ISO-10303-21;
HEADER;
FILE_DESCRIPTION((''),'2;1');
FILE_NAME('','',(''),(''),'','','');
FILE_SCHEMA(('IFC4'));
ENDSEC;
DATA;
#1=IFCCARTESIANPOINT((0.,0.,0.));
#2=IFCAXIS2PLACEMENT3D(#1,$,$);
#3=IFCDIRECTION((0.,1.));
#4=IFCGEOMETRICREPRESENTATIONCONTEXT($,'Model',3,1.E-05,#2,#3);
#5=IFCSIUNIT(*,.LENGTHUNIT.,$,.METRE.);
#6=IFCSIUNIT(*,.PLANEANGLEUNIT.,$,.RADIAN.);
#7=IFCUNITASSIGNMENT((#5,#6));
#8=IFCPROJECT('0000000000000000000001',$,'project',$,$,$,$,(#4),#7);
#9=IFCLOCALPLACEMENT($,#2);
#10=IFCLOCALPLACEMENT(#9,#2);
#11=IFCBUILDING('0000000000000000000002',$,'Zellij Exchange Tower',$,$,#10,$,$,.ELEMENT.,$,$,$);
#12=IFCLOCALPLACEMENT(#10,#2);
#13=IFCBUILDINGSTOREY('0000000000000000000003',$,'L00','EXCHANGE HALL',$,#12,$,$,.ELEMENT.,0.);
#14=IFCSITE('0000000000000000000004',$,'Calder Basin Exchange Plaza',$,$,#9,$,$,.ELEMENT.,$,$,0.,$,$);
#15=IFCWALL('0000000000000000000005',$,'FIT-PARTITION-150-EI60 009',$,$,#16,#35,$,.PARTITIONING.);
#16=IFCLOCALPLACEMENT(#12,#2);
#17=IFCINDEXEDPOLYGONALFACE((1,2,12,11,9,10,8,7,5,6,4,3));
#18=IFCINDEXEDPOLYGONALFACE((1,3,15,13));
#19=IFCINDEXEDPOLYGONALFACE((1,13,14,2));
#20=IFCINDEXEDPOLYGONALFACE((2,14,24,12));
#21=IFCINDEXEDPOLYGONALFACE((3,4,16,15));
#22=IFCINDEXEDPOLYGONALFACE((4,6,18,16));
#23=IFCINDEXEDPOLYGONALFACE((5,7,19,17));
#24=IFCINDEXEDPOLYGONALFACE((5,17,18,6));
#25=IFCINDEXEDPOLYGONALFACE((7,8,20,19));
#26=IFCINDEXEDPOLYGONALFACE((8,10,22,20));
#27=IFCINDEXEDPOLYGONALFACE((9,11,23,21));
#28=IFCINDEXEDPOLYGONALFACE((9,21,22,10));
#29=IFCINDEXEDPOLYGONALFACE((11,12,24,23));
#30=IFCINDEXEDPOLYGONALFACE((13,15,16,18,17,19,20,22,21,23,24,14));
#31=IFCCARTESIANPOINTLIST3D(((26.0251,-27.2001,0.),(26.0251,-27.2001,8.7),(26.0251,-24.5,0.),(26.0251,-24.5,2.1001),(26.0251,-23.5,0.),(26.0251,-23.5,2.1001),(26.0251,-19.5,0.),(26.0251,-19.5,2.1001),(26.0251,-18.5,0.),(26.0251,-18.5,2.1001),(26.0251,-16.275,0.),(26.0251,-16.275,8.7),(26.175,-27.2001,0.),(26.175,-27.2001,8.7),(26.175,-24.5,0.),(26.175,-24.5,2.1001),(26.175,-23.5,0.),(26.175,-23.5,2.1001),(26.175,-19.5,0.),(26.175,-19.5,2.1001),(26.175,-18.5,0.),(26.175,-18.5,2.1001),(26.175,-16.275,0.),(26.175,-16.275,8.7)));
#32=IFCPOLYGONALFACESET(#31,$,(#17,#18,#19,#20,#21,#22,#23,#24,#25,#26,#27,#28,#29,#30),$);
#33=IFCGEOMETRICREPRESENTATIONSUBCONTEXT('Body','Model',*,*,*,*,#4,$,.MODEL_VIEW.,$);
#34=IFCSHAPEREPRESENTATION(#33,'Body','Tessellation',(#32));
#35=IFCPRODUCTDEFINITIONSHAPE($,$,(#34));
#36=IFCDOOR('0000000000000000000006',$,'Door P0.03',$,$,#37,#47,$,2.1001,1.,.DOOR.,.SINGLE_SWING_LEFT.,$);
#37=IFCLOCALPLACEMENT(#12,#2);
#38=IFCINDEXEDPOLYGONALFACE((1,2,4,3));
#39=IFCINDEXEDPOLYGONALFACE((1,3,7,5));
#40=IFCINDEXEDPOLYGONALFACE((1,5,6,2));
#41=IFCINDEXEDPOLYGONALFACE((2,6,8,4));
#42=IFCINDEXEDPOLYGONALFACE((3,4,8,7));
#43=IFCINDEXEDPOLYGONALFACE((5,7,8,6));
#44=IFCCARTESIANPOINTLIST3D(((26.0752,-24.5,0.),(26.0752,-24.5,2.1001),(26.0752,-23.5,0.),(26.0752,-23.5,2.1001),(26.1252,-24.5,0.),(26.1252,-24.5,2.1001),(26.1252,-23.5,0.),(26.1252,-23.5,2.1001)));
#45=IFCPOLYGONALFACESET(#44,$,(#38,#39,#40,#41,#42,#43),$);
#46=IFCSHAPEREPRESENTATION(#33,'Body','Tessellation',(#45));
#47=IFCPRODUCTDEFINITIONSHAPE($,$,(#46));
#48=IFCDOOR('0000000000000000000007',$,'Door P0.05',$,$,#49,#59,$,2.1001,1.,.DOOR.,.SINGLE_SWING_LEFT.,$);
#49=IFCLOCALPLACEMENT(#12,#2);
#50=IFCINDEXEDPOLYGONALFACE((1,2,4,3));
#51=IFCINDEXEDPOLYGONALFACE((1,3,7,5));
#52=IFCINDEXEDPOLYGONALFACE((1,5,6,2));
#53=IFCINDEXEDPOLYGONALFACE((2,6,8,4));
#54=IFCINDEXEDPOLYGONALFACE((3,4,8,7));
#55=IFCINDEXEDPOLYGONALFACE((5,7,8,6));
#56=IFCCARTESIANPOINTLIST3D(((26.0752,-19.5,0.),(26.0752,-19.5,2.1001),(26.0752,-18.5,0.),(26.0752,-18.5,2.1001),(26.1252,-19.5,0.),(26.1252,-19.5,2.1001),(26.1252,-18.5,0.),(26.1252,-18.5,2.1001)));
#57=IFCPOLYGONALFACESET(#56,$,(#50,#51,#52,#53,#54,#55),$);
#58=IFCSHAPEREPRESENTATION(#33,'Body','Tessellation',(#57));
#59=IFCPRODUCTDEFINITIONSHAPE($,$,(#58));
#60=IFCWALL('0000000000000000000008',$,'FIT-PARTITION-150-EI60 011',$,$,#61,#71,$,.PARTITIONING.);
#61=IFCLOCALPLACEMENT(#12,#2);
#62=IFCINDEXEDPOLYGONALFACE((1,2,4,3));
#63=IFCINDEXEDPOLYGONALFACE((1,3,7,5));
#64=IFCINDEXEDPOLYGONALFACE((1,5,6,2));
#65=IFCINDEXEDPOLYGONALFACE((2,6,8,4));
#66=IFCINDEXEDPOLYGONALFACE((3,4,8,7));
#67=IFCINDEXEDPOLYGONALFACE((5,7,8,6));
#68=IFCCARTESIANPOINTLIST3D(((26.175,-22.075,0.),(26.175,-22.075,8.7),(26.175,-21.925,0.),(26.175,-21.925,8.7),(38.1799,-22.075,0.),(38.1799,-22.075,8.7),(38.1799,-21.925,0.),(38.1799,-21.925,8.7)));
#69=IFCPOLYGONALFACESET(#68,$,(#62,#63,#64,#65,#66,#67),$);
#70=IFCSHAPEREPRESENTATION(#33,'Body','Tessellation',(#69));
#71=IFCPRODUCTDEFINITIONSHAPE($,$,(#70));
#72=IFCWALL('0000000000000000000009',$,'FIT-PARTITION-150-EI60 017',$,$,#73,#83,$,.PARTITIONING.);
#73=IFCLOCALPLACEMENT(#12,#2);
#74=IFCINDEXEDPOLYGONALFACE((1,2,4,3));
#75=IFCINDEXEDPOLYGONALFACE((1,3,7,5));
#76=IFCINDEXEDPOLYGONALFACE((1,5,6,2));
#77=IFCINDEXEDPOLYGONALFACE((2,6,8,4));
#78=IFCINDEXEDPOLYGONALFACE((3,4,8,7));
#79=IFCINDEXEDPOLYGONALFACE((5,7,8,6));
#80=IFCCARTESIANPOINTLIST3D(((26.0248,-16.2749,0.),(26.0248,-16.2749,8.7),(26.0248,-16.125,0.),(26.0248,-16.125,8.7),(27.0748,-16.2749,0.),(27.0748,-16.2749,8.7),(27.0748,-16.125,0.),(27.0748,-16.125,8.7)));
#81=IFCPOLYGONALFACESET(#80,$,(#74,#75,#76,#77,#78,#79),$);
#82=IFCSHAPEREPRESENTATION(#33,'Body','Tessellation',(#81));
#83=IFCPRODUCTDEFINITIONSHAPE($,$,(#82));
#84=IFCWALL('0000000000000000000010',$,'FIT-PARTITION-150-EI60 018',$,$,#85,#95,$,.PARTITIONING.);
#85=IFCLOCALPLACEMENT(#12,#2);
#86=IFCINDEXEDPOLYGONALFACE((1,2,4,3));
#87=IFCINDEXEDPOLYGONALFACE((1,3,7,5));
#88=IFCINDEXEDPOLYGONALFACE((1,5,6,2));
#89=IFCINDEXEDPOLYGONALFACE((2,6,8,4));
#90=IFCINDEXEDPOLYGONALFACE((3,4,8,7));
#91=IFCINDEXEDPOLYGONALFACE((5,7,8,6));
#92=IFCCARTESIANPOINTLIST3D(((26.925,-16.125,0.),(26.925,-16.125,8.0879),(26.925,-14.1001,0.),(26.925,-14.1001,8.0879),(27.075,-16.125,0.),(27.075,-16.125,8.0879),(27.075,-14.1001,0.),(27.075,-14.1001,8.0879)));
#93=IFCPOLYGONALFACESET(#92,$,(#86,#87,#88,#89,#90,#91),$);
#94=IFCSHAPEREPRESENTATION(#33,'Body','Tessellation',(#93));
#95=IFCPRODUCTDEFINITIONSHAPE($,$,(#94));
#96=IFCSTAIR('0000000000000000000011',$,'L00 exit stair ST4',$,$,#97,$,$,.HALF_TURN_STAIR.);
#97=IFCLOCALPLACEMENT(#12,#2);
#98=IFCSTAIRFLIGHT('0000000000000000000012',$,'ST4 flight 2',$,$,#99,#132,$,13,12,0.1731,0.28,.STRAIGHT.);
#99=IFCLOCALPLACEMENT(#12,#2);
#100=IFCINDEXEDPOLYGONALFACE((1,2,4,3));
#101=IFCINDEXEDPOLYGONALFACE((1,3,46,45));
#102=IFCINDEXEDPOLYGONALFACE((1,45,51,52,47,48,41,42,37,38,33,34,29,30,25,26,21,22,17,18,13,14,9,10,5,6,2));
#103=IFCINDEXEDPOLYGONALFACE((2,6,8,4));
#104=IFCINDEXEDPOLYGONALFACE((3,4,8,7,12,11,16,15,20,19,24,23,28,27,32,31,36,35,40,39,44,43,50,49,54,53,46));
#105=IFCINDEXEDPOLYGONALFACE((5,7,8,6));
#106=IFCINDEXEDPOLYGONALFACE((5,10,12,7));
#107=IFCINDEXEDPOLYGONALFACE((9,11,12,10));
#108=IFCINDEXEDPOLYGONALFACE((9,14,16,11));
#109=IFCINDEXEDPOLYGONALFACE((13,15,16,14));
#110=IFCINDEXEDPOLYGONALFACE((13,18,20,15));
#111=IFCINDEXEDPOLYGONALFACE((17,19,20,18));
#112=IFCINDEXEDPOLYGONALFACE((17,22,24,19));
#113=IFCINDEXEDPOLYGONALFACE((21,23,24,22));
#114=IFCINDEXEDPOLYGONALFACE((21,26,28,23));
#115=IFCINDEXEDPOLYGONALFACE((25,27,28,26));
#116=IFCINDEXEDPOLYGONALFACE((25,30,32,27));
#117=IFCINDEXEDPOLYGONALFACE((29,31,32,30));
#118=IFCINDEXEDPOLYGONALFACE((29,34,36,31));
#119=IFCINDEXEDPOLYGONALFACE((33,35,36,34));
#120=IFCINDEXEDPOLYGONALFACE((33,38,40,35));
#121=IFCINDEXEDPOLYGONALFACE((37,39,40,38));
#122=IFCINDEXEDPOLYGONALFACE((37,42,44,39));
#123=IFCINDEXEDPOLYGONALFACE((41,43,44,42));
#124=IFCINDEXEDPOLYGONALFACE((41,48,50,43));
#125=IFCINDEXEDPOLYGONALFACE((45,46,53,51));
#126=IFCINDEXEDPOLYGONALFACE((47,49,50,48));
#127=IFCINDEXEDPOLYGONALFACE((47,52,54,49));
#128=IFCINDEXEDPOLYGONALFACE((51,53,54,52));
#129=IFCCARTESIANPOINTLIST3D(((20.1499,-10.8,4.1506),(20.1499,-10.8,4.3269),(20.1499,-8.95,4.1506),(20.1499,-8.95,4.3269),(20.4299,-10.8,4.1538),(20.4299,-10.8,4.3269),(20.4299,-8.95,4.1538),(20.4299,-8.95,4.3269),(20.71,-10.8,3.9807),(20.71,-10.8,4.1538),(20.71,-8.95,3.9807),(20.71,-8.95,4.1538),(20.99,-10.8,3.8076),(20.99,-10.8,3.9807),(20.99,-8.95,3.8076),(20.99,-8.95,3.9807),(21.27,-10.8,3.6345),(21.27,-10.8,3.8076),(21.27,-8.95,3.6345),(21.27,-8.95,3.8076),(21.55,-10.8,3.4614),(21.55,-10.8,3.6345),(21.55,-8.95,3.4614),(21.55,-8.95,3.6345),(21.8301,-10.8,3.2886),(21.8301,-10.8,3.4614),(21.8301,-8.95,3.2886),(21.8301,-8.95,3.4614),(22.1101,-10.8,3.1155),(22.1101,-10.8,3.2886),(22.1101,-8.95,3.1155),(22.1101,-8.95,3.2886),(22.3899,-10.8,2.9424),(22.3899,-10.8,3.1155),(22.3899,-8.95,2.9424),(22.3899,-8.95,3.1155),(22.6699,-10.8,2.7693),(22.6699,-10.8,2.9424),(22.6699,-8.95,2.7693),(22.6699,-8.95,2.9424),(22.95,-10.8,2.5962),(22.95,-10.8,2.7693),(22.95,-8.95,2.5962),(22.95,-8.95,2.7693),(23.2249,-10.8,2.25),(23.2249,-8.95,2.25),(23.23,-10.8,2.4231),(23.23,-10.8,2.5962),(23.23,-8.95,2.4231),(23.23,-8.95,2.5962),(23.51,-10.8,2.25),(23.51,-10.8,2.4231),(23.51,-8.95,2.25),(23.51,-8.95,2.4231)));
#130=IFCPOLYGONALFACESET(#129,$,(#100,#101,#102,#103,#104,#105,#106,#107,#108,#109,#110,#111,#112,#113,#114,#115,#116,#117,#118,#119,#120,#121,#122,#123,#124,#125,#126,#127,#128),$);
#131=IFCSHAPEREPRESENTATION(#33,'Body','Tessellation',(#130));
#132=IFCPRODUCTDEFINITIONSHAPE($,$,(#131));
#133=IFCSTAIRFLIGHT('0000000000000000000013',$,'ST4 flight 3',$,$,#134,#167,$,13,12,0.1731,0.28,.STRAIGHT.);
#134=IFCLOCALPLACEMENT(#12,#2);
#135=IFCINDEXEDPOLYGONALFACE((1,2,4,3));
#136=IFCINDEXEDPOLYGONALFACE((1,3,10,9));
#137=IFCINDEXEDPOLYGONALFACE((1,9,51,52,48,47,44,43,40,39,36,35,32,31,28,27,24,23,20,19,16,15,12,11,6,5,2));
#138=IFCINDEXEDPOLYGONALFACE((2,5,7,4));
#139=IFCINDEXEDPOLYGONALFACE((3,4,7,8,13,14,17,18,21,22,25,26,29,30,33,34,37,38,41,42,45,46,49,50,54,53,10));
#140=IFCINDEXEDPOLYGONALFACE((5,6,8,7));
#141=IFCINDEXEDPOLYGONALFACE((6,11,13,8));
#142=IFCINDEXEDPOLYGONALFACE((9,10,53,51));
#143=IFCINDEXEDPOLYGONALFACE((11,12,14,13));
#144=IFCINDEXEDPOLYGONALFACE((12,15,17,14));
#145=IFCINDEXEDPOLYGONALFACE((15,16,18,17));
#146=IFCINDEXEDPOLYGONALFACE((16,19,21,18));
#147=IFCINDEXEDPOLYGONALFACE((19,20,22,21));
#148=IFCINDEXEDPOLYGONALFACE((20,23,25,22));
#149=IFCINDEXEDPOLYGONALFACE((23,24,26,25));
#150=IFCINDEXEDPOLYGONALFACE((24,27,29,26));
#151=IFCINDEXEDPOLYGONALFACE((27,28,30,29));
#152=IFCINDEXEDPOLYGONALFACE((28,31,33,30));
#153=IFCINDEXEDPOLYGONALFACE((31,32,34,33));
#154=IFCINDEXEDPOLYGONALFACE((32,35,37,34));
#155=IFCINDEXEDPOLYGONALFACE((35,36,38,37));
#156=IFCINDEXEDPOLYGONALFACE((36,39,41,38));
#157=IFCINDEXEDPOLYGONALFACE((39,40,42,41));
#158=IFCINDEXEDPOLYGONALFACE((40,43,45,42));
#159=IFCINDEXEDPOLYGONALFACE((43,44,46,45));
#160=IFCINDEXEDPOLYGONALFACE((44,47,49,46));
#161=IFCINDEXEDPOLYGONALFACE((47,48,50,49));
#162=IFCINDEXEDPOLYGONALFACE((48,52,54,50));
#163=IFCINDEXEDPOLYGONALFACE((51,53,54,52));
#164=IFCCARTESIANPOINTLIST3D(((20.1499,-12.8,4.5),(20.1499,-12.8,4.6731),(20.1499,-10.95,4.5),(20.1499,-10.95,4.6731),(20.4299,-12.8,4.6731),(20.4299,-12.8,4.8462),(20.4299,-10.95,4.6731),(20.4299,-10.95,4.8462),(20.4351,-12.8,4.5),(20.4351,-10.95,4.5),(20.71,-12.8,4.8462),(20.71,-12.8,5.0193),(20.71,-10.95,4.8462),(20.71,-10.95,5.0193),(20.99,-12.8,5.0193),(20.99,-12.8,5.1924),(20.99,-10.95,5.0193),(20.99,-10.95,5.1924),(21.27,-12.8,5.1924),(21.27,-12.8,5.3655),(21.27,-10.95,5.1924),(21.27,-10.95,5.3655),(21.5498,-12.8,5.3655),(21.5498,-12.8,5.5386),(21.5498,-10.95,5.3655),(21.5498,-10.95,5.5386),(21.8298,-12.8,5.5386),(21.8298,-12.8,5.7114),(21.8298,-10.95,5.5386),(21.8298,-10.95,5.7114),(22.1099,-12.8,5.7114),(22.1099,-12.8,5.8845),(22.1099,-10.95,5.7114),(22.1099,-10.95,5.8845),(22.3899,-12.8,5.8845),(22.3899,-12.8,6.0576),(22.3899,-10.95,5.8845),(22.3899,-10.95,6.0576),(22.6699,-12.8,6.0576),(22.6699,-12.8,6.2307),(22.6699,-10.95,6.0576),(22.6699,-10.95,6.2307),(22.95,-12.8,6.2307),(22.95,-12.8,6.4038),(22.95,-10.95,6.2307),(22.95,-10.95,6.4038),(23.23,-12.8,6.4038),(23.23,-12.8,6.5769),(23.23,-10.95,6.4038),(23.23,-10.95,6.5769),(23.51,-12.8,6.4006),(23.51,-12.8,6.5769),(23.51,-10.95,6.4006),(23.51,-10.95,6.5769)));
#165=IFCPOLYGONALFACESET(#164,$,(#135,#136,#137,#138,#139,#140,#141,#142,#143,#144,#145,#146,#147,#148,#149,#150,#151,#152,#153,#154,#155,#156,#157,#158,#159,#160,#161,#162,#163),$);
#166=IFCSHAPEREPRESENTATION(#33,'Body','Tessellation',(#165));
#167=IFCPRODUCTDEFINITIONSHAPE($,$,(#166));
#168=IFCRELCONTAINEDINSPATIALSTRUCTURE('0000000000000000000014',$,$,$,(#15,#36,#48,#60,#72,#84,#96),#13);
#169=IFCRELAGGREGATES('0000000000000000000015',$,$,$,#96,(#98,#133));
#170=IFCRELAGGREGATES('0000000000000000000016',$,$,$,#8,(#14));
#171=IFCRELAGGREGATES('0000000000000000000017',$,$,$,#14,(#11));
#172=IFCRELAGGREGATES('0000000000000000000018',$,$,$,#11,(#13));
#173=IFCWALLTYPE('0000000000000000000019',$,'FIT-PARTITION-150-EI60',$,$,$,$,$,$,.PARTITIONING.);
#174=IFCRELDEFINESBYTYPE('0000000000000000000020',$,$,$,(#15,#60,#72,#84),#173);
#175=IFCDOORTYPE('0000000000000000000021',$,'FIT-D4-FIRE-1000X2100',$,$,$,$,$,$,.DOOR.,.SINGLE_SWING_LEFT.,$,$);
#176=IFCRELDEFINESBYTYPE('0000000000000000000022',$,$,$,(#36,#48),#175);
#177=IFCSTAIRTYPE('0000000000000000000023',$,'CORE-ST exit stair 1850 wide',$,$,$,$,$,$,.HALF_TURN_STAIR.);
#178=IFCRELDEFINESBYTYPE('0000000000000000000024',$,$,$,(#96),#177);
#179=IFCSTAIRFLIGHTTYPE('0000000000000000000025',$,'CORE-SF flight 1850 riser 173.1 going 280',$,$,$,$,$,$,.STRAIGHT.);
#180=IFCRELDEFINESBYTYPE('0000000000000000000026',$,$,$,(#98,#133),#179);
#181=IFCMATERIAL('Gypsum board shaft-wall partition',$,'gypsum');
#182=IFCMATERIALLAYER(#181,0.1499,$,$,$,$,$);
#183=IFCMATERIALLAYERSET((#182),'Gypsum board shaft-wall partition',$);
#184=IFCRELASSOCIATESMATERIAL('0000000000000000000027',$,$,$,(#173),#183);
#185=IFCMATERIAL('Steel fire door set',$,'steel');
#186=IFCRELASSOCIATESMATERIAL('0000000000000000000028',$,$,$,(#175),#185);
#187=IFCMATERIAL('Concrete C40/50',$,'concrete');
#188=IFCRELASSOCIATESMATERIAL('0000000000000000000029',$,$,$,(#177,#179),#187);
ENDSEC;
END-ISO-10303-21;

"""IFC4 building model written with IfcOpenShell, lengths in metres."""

from ifc_helpers import new_model, si_unit, direction, frame, frame_2d, origin, place, context, subcontext, project, spatial, polyline, rectangle, outline, extrude, material, layer, layer_set, type_object, element, fill, aggregate, save


model = new_model("IFC4")

# Units and contexts
model_context = context("Model", 3, precision=1e-05, world=origin(), true_north=direction((0.0, 1.0)))
body_context = subcontext(model_context, "Body", "Model", "MODEL_VIEW")
ifc_project = project(units=[si_unit("LENGTHUNIT", "METRE"), si_unit("PLANEANGLEUNIT", "RADIAN")], contexts=[model_context])

# Site, building, storey
site_placement = place(None, origin())
site = spatial("IfcSite", under=ifc_project, at=site_placement, Name="Calder Basin Exchange Plaza", CompositionType="ELEMENT", RefElevation=0.0)
building_placement = place(site_placement, origin())
building = spatial("IfcBuilding", under=site, at=building_placement, Name="Zellij Exchange Tower", CompositionType="ELEMENT")
storey_placement = place(building_placement, origin())
storey = spatial("IfcBuildingStorey", under=building, at=storey_placement, Name="L00", Description="EXCHANGE HALL", CompositionType="ELEMENT", Elevation=0.0)

# Shared definitions
ifc_material_1 = material(Name="Gypsum board shaft-wall partition", Category="gypsum")
ifc_layer_1 = layer(ifc_material_1, 0.1499)
ifc_layer_set_1 = layer_set([ifc_layer_1], Name="Gypsum board shaft-wall partition")
wall_type_1 = type_object("IfcWallType", Name="FIT-PARTITION-150-EI60", PredefinedType="PARTITIONING", material=ifc_layer_set_1)

# Wall, openings, doors
wall_1_placement = place(storey_placement, frame((26.1001, -27.2, 0.0), z_axis=(0.0, 0.0, 1.0), x_axis=(0.0, 1.0, 0.0)))
wall_1 = element("IfcWall", 1, at=wall_1_placement, inside=storey, type_object=wall_type_1, Name="FIT-PARTITION-150-EI60 009", PredefinedType="PARTITIONING", context=body_context, shape_type="SweptSolid", body=[
    extrude(rectangle(XDim=10.925, YDim=0.1499, at=frame_2d((5.4624, 0.0))), origin(), (0.0, 0.0, 1.0), 8.7),
])
opening_1_placement = place(wall_1_placement, frame((2.7, 0.0, 0.0)))
opening_1 = element("IfcOpeningElement", 2, at=opening_1_placement, cuts=wall_1, PredefinedType="OPENING", context=body_context, shape_type="SweptSolid", body=[
    extrude(rectangle(XDim=1.0, YDim=2.1001, at=frame_2d((0.5, 1.05))), frame((0.0, 0.0869, 0.0), z_axis=(0.0, -1.0, 0.0), x_axis=(1.0, 0.0, 0.0)), (0.0, 0.0, 1.0), 0.1738),
])
opening_2_placement = place(wall_1_placement, frame((7.7, 0.0, 0.0)))
opening_2 = element("IfcOpeningElement", 3, at=opening_2_placement, cuts=wall_1, PredefinedType="OPENING", context=body_context, shape_type="SweptSolid", body=[
    extrude(rectangle(XDim=1.0, YDim=2.1001, at=frame_2d((0.5, 1.05))), frame((0.0, 0.0869, 0.0), z_axis=(0.0, -1.0, 0.0), x_axis=(1.0, 0.0, 0.0)), (0.0, 0.0, 1.0), 0.1738),
])
ifc_material_2 = material(Name="Steel fire door set", Category="steel")
door_type_1 = type_object("IfcDoorType", Name="FIT-D4-FIRE-1000X2100", OperationType="SINGLE_SWING_LEFT", PredefinedType="DOOR", material=ifc_material_2)
door_1_placement = place(opening_1_placement, origin())
door_1 = element("IfcDoor", 4, at=door_1_placement, inside=storey, type_object=door_type_1, Name="Door P0.03", OperationType="SINGLE_SWING_LEFT", OverallHeight=2.1001, OverallWidth=1.0, PredefinedType="DOOR", context=body_context, shape_type="SweptSolid", body=[
    extrude(rectangle(XDim=1.0, YDim=2.1001, at=frame_2d((0.5, 1.05))), frame((0.0, 0.0249, 0.0), z_axis=(0.0, -1.0, 0.0), x_axis=(1.0, 0.0, 0.0)), (0.0, 0.0, 1.0), 0.05),
])
fill(opening_1, door_1)
door_2_placement = place(opening_2_placement, origin())
door_2 = element("IfcDoor", 5, at=door_2_placement, inside=storey, type_object=door_type_1, Name="Door P0.05", OperationType="SINGLE_SWING_LEFT", OverallHeight=2.1001, OverallWidth=1.0, PredefinedType="DOOR", context=body_context, shape_type="SweptSolid", body=[
    extrude(rectangle(XDim=1.0, YDim=2.1001, at=frame_2d((0.5, 1.05))), frame((0.0, 0.0249, 0.0), z_axis=(0.0, -1.0, 0.0), x_axis=(1.0, 0.0, 0.0)), (0.0, 0.0, 1.0), 0.05),
])
fill(opening_2, door_2)

# Walls
wall_2_placement = place(storey_placement, frame((26.175, -22.0, 0.0), z_axis=(0.0, 0.0, 1.0), x_axis=(1.0, 0.0, 0.0)))
element("IfcWall", 6, at=wall_2_placement, inside=storey, type_object=wall_type_1, Name="FIT-PARTITION-150-EI60 011", PredefinedType="PARTITIONING", context=body_context, shape_type="SweptSolid", body=[
    extrude(rectangle(XDim=12.0049, YDim=0.1499, at=frame_2d((6.0024, 0.0))), origin(), (0.0, 0.0, 1.0), 8.7),
])
wall_3_placement = place(storey_placement, frame((26.0249, -16.2, 0.0), z_axis=(0.0, 0.0, 1.0), x_axis=(1.0, 0.0, 0.0)))
element("IfcWall", 7, at=wall_3_placement, inside=storey, type_object=wall_type_1, Name="FIT-PARTITION-150-EI60 017", PredefinedType="PARTITIONING", context=body_context, shape_type="SweptSolid", body=[
    extrude(rectangle(XDim=1.05, YDim=0.1499, at=frame_2d((0.5249, 0.0))), origin(), (0.0, 0.0, 1.0), 8.7),
])
wall_4_placement = place(storey_placement, frame((27.0, -16.125, 0.0), z_axis=(0.0, 0.0, 1.0), x_axis=(0.0, 1.0, 0.0)))
element("IfcWall", 8, at=wall_4_placement, inside=storey, type_object=wall_type_1, Name="FIT-PARTITION-150-EI60 018", PredefinedType="PARTITIONING", context=body_context, shape_type="SweptSolid", body=[
    extrude(rectangle(XDim=2.0249, YDim=0.1499, at=frame_2d((1.0125, 0.0))), origin(), (0.0, 0.0, 1.0), 8.0879),
])

# Stair, stair flights
ifc_material_3 = material(Name="Concrete C40/50", Category="concrete")
stair_type = type_object("IfcStairType", Name="CORE-ST exit stair 1850 wide", PredefinedType="HALF_TURN_STAIR", material=ifc_material_3)
stair_placement = place(storey_placement, origin())
stair = element("IfcStair", 9, at=stair_placement, inside=storey, type_object=stair_type, Name="L00 exit stair ST4", PredefinedType="HALF_TURN_STAIR")
stair_flight_type = type_object("IfcStairFlightType", Name="CORE-SF flight 1850 riser 173.1 going 280", PredefinedType="STRAIGHT", material=ifc_material_3)
stair_flight_1_placement = place(storey_placement, frame((23.51, -9.875, 2.25), z_axis=(0.0, 0.0, 1.0), x_axis=(-1.0, 0.0, 0.0)))
stair_flight_1 = element("IfcStairFlight", 10, at=stair_flight_1_placement, type_object=stair_flight_type, Name="ST4 flight 2", NumberOfRisers=13, NumberOfTreads=12, PredefinedType="STRAIGHT", RiserHeight=0.1731, TreadLength=0.28, context=body_context, shape_type="SweptSolid", body=[
    extrude(outline(polyline([(0.0, 0.0), (0.0, 0.1731), (0.28, 0.1731), (0.28, 0.3462), (0.5601, 0.3462), (0.5601, 0.5193), (0.8401, 0.5193), (0.8401, 0.6924), (1.1201, 0.6924), (1.1201, 0.8655), (1.3999, 0.8655), (1.3999, 1.0386), (1.6799, 1.0386), (1.6799, 1.2114), (1.96, 1.2114), (1.96, 1.3845), (2.24, 1.3845), (2.24, 1.5576), (2.52, 1.5576), (2.52, 1.7307), (2.8, 1.7307), (2.8, 1.9038), (3.0801, 1.9038), (3.0801, 2.0769), (3.3601, 2.0769), (3.3601, 2.25), (3.3601, 1.9006), (0.2852, 0.0), (0.0, 0.0)])), frame((0.0, 0.925, 0.0), z_axis=(0.0, -1.0, 0.0), x_axis=(1.0, 0.0, 0.0)), (0.0, 0.0, 1.0), 1.8501),
])
stair_flight_2_placement = place(storey_placement, frame((20.1499, -11.875, 4.5), z_axis=(0.0, 0.0, 1.0), x_axis=(1.0, 0.0, 0.0)))
stair_flight_2 = element("IfcStairFlight", 11, at=stair_flight_2_placement, type_object=stair_flight_type, Name="ST4 flight 3", NumberOfRisers=13, NumberOfTreads=12, PredefinedType="STRAIGHT", RiserHeight=0.1731, TreadLength=0.28, context=body_context, shape_type="SweptSolid", body=[
    extrude(outline(polyline([(0.0, 0.0), (0.0, 0.1731), (0.28, 0.1731), (0.28, 0.3462), (0.5601, 0.3462), (0.5601, 0.5193), (0.8401, 0.5193), (0.8401, 0.6924), (1.1201, 0.6924), (1.1201, 0.8655), (1.3999, 0.8655), (1.3999, 1.0386), (1.6799, 1.0386), (1.6799, 1.2114), (1.96, 1.2114), (1.96, 1.3845), (2.24, 1.3845), (2.24, 1.5576), (2.52, 1.5576), (2.52, 1.7307), (2.8, 1.7307), (2.8, 1.9038), (3.0801, 1.9038), (3.0801, 2.0769), (3.3601, 2.0769), (3.3601, 2.25), (3.3601, 1.9006), (0.2852, 0.0), (0.0, 0.0)])), frame((0.0, 0.925, 0.0), z_axis=(0.0, -1.0, 0.0), x_axis=(1.0, 0.0, 0.0)), (0.0, 0.0, 1.0), 1.8501),
])
aggregate(stair, [stair_flight_1, stair_flight_2])

save(model, "model.ifc")
